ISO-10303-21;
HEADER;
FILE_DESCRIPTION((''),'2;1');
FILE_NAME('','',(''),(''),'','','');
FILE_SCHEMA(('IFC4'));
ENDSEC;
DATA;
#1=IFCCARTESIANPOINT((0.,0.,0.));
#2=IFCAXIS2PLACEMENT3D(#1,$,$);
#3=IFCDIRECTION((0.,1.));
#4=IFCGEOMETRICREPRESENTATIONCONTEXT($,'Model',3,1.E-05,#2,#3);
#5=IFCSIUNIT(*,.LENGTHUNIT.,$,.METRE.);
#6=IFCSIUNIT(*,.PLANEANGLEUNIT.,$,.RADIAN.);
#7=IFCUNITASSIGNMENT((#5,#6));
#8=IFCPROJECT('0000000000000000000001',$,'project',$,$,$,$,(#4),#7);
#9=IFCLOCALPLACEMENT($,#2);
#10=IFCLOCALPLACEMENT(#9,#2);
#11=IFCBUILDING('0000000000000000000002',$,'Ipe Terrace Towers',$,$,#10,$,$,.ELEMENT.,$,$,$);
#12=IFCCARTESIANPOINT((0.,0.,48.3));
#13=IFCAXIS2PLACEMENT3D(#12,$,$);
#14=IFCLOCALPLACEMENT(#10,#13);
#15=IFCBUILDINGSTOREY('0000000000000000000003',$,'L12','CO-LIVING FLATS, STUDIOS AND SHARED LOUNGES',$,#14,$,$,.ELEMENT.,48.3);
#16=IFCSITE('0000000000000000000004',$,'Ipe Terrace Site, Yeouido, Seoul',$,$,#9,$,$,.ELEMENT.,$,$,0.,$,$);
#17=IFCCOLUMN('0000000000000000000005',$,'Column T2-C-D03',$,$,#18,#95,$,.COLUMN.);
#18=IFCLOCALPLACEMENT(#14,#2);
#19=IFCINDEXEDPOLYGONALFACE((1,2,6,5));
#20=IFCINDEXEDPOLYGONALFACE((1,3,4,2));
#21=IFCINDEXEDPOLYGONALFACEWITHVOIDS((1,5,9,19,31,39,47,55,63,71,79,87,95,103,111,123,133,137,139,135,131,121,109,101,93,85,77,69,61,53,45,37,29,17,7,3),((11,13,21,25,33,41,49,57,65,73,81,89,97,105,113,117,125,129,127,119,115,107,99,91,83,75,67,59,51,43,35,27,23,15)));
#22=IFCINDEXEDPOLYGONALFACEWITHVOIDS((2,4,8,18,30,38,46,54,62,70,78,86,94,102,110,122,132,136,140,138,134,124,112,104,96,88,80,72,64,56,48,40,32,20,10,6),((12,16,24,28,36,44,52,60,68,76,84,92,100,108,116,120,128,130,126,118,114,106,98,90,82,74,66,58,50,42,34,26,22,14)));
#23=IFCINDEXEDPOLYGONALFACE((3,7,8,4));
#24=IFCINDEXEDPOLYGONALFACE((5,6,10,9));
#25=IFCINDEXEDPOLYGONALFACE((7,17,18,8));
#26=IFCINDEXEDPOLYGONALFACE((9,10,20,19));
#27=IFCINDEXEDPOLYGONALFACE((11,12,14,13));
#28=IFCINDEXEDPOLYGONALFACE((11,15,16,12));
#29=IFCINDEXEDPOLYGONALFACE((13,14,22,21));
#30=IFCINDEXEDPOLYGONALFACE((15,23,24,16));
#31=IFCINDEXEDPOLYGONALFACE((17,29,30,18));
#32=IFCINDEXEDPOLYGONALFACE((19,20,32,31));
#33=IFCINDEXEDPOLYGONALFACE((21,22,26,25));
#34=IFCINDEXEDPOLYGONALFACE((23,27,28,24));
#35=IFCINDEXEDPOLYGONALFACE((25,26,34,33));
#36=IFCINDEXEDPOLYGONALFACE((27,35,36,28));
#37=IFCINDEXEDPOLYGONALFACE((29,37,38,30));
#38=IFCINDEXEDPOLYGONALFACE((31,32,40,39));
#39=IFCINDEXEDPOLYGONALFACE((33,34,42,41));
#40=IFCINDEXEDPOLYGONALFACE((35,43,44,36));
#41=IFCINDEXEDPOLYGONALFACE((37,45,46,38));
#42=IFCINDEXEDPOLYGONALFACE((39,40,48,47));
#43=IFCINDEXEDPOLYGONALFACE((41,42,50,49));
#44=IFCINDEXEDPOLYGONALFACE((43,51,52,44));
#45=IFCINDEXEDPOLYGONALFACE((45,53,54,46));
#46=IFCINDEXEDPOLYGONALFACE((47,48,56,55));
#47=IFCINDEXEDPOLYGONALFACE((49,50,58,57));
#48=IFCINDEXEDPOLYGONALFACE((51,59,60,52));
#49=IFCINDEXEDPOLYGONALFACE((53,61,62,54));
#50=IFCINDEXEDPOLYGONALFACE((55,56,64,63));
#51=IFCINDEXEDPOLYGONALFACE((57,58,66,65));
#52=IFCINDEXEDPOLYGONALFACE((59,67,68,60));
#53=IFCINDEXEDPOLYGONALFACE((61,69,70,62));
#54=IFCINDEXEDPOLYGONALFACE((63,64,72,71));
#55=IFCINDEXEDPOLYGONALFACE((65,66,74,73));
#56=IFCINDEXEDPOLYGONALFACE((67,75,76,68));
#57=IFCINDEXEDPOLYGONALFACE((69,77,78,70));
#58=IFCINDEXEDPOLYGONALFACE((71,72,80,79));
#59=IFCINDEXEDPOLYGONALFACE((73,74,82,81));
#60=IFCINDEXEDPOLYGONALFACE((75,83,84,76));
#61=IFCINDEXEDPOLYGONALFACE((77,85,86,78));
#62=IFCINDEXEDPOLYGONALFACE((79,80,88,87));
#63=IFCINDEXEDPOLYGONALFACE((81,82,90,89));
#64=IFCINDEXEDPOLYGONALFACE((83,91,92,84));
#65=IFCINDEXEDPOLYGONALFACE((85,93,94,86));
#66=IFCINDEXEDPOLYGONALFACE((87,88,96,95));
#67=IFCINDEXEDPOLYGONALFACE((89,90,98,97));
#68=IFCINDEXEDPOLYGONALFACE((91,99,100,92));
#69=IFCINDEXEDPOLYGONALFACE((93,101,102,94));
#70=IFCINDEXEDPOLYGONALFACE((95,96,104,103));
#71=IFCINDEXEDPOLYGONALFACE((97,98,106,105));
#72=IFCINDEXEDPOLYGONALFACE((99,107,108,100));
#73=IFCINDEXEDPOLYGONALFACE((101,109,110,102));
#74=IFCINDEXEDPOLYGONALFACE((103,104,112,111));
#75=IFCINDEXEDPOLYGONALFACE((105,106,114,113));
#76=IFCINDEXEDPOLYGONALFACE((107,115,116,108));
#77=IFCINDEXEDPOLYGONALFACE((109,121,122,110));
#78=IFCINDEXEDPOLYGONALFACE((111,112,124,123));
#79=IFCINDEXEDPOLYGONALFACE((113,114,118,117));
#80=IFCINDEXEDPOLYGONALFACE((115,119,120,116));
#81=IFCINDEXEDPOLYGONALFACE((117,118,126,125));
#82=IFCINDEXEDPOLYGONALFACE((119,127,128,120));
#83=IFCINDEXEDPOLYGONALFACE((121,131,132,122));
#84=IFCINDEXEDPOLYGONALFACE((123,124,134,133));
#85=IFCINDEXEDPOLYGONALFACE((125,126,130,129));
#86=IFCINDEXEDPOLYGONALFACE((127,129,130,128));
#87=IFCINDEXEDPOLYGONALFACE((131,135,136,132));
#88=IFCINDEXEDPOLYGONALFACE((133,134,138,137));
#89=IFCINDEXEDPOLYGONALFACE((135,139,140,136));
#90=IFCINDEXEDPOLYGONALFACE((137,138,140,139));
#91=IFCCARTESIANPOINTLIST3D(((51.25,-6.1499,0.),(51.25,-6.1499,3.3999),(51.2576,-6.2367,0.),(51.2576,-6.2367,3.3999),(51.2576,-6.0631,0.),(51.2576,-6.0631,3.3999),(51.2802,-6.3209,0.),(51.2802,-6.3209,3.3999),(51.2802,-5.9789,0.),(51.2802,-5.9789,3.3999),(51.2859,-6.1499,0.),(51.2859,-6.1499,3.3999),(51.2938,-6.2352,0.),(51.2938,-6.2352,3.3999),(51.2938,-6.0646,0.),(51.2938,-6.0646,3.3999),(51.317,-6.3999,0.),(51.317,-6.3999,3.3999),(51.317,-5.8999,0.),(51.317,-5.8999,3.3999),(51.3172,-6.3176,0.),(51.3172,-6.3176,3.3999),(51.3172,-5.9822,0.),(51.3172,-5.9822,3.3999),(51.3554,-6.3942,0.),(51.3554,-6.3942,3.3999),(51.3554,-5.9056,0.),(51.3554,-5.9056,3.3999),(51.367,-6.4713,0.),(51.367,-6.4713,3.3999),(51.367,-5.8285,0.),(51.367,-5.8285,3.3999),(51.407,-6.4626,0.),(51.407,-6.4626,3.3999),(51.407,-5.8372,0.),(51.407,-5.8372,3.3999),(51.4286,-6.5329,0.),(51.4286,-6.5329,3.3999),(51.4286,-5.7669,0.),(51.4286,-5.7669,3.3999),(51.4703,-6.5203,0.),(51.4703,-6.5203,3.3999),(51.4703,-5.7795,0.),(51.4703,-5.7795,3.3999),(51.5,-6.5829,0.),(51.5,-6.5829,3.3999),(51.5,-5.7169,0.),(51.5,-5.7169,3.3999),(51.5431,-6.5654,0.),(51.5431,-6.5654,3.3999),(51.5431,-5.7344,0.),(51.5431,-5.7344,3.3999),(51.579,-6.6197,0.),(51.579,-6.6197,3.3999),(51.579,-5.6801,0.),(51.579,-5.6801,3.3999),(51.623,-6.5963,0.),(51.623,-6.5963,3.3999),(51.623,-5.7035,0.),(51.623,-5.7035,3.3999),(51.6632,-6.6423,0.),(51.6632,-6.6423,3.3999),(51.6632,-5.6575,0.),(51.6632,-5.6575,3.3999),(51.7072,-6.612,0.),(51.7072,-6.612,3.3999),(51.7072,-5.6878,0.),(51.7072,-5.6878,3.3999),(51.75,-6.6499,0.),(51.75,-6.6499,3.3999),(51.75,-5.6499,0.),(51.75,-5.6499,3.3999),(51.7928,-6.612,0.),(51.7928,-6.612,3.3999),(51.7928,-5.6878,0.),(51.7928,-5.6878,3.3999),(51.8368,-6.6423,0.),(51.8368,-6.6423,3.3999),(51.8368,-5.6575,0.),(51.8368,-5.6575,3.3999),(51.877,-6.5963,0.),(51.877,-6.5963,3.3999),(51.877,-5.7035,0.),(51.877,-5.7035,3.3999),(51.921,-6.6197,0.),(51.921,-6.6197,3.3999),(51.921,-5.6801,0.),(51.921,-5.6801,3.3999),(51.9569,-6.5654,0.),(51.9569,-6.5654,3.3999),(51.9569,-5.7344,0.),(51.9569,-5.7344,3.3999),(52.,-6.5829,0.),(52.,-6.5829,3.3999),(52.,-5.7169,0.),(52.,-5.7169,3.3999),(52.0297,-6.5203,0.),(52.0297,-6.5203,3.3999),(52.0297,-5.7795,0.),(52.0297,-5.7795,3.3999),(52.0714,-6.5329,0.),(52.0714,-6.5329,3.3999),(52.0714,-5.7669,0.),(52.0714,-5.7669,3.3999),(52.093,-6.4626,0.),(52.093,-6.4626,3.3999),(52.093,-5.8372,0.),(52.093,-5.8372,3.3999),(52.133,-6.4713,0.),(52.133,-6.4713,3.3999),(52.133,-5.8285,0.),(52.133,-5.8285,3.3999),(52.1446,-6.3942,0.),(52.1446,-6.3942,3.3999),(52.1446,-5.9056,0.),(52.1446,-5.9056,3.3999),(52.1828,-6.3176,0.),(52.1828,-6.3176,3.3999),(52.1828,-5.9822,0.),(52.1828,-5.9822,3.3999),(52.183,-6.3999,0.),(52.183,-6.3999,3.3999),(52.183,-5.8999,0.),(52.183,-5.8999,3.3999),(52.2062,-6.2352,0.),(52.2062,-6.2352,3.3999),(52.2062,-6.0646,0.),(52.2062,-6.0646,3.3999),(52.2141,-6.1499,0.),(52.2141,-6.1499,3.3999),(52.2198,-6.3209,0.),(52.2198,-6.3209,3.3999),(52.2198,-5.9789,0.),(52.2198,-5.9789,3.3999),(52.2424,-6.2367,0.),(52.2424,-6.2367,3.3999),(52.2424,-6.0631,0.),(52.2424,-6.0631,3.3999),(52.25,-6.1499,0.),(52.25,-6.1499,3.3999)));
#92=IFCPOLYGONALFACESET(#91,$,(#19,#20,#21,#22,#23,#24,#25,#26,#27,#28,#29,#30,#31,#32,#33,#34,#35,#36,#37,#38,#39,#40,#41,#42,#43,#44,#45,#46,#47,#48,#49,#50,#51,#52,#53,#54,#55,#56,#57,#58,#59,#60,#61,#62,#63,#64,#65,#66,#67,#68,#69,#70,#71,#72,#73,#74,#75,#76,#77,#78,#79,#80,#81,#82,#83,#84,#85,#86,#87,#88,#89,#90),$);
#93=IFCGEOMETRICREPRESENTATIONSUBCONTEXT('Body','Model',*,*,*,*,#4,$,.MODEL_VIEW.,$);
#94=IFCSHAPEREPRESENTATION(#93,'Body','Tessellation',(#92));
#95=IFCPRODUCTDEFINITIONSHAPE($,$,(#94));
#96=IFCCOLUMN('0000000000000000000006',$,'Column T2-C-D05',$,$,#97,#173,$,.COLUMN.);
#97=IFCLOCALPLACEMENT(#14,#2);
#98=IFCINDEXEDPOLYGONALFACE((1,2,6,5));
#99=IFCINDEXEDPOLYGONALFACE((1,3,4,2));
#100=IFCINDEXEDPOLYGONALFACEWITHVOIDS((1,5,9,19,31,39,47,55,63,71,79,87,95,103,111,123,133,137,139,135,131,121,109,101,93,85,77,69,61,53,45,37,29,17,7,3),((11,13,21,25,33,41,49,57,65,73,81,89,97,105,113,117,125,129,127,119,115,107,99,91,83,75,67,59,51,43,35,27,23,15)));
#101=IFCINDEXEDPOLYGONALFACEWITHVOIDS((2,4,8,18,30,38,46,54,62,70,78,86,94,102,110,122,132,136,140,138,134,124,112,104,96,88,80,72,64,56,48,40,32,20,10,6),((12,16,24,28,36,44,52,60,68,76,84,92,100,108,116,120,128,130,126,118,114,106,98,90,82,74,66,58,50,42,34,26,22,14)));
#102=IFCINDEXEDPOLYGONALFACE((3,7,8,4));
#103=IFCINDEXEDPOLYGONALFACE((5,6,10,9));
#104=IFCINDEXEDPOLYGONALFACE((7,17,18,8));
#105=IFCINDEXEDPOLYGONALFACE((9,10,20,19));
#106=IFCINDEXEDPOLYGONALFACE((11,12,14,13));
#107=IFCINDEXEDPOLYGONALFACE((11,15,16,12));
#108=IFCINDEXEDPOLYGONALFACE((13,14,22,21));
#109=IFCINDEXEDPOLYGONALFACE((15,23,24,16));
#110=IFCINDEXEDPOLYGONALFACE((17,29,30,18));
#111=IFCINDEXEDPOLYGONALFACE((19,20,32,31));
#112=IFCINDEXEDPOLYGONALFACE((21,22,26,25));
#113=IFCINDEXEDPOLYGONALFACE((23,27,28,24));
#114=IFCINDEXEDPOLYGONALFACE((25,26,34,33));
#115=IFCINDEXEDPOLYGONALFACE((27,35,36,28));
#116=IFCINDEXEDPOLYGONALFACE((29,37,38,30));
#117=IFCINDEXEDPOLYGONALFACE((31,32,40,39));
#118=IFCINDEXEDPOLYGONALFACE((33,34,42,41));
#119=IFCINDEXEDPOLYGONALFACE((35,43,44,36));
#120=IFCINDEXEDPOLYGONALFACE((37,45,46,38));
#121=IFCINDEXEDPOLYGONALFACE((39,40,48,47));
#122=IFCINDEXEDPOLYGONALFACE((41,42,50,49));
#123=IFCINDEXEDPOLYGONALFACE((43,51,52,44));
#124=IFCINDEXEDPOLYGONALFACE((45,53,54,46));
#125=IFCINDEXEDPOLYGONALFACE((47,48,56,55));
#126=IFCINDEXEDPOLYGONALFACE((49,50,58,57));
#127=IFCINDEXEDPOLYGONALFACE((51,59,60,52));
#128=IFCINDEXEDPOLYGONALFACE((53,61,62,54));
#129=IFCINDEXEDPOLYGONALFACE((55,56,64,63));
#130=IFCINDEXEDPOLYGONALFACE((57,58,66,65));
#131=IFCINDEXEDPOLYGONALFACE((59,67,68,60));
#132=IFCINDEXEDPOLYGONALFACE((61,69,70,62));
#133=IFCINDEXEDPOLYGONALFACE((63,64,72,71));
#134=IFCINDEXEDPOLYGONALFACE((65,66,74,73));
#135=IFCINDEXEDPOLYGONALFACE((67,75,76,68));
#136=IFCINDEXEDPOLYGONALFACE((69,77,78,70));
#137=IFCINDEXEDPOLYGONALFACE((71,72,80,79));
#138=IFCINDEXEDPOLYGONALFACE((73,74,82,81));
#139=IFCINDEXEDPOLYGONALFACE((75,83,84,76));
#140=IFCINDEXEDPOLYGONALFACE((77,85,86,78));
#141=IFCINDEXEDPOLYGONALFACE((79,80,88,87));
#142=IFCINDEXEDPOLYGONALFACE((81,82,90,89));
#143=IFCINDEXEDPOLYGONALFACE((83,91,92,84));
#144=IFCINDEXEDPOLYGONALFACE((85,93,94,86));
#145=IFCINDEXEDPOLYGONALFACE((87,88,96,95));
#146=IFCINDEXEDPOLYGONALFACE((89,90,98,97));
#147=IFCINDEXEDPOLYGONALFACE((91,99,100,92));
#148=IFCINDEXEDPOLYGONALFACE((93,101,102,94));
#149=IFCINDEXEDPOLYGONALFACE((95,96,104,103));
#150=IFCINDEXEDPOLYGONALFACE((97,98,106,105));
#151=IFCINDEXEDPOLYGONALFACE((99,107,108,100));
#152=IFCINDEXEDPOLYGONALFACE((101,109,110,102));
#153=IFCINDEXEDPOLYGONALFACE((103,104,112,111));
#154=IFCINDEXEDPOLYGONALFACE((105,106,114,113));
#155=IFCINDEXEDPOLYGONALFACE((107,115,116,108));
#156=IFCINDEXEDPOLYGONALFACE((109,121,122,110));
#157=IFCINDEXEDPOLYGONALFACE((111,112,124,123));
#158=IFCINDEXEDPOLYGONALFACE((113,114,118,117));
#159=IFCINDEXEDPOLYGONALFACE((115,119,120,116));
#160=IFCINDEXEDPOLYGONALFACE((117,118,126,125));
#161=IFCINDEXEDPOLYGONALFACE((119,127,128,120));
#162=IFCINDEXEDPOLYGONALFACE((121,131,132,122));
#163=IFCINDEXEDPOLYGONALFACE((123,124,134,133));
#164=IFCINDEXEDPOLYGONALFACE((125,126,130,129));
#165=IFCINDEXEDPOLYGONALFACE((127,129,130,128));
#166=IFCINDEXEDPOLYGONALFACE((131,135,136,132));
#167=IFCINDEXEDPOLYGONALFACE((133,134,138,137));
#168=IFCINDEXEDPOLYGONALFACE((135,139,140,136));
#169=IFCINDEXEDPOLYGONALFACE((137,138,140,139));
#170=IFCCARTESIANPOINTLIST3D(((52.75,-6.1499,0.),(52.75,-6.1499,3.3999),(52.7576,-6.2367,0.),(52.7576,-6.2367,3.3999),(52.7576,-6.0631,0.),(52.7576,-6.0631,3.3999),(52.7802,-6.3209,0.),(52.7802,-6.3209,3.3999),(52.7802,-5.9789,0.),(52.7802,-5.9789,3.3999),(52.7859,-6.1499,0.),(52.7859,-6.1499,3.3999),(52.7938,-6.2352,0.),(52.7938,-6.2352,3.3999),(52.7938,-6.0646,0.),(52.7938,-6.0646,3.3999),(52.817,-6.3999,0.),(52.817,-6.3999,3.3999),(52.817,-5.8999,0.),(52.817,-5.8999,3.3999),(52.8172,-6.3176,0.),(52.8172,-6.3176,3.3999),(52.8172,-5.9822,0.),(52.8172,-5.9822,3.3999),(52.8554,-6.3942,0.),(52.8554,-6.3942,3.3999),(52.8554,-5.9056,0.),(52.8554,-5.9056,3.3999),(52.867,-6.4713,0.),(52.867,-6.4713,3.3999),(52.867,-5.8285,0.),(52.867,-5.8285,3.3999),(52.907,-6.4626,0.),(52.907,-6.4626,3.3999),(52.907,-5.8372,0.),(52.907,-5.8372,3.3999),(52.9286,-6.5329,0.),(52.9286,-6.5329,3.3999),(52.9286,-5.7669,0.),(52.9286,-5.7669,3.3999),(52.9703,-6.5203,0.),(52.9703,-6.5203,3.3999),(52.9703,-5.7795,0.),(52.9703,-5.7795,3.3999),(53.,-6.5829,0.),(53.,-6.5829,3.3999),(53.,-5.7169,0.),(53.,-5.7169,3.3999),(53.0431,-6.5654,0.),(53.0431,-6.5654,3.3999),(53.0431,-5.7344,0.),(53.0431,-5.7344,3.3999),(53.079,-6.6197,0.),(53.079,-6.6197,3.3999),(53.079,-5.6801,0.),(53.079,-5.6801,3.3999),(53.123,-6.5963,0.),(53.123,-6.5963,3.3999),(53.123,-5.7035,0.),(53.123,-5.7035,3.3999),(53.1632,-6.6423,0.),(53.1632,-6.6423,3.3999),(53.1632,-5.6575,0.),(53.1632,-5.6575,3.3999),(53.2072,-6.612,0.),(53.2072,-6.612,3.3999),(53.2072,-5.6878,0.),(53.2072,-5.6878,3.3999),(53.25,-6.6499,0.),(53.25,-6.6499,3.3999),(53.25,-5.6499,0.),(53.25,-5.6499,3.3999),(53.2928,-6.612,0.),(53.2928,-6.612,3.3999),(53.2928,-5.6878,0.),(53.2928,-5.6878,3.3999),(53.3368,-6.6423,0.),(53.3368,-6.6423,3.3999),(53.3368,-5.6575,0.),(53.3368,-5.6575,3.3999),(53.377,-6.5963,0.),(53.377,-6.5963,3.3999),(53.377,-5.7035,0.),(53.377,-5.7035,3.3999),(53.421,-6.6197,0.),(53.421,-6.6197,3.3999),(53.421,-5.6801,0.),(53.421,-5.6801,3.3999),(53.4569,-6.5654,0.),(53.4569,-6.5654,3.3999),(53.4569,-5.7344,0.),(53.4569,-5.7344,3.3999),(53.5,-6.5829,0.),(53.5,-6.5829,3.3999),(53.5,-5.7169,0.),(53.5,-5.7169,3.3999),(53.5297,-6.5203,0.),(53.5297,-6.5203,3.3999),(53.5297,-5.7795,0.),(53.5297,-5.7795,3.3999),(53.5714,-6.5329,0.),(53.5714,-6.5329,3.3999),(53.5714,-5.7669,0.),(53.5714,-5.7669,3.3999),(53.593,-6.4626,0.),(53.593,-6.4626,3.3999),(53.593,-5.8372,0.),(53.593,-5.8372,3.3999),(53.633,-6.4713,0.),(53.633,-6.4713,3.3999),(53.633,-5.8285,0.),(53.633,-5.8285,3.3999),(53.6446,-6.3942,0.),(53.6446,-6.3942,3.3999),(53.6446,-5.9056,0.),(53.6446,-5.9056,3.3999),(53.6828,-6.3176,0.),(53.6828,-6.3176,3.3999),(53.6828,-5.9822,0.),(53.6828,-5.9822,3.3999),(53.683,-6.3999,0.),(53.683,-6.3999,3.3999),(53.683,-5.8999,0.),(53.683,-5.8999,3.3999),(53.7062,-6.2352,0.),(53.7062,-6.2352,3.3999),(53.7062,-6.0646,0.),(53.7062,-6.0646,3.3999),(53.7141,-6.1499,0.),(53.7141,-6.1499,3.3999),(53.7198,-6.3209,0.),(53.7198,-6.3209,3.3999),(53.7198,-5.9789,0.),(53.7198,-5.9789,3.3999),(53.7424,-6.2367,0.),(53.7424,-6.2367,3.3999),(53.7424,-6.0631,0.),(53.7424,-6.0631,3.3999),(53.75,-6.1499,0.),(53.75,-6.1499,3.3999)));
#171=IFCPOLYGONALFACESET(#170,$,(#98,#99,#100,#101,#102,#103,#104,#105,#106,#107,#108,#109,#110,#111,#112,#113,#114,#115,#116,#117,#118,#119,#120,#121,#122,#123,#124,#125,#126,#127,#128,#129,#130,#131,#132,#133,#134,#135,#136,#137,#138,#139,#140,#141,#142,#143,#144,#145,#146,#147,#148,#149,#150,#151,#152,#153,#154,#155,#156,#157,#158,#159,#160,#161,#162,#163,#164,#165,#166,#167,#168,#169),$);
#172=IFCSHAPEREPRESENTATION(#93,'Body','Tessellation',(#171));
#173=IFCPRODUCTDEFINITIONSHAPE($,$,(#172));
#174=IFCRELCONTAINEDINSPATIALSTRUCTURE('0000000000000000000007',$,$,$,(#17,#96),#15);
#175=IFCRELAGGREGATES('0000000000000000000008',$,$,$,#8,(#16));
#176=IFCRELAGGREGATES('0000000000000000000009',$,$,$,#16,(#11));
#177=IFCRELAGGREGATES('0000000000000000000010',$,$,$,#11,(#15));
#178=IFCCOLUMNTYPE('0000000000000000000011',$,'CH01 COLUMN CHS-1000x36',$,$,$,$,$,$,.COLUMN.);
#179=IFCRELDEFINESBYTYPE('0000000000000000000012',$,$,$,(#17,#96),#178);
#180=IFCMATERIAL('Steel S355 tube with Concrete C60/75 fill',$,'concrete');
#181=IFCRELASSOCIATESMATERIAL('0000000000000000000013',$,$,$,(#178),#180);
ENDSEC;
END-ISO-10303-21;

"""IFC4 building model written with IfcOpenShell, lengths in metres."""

from ifc_helpers import new_model, si_unit, direction, frame, origin, origin_2d, place, context, subcontext, project, spatial, hollow_circle, extrude, material, material_profile, profile_set, type_object, element, save


model = new_model("IFC4")

# Units and contexts
model_context = context("Model", 3, precision=1e-05, world=origin(), true_north=direction((0.0, 1.0)))
body_context = subcontext(model_context, "Body", "Model", "MODEL_VIEW")
ifc_project = project(units=[si_unit("LENGTHUNIT", "METRE"), si_unit("PLANEANGLEUNIT", "RADIAN")], contexts=[model_context])

# Site, building, storey
site_placement = place(None, origin())
site = spatial("IfcSite", under=ifc_project, at=site_placement, Name="Ipe Terrace Site, Yeouido, Seoul", CompositionType="ELEMENT", RefElevation=0.0)
building_placement = place(site_placement, origin())
building = spatial("IfcBuilding", under=site, at=building_placement, Name="Ipe Terrace Towers", CompositionType="ELEMENT")
storey_placement = place(building_placement, frame((0.0, 0.0, 48.3)))
storey = spatial("IfcBuildingStorey", under=building, at=storey_placement, Name="L12", Description="CO-LIVING FLATS, STUDIOS AND SHARED LOUNGES", CompositionType="ELEMENT", Elevation=48.3)

# Columns
ifc_material_1 = material(Name="Steel S355 tube with Concrete C60/75 fill", Category="concrete")
ifc_material_profile_1 = material_profile(ifc_material_1, hollow_circle(Radius=0.5, WallThickness=0.0359, at=origin_2d()), Name="CHS-1000x36")
ifc_profile_set_1 = profile_set([ifc_material_profile_1], Name="Steel S355 tube with Concrete C60/75 fill")
column_type_1 = type_object("IfcColumnType", Name="CH01 COLUMN CHS-1000x36", PredefinedType="COLUMN", material=ifc_profile_set_1)
for number, where, z_axis, x_axis, name in (
    (1, (51.75, -6.1499, 0.0), (0.0, 0.0, 1.0), (1.0, 0.0, 0.0), "Column T2-C-D03"),
    (2, (53.25, -6.1499, 0.0), (0.0, 0.0, 1.0), (1.0, 0.0, 0.0), "Column T2-C-D05"),
):
    element("IfcColumn", number, at=place(storey_placement, frame(where, z_axis=z_axis, x_axis=x_axis)), inside=storey, type_object=column_type_1, Name=name, PredefinedType="COLUMN", context=body_context, shape_type="SweptSolid", body=[
        extrude(hollow_circle(Radius=0.5, WallThickness=0.0359, at=origin_2d()), origin(), (0.0, 0.0, 1.0), 3.3999),
    ])

save(model, "model.ifc")
